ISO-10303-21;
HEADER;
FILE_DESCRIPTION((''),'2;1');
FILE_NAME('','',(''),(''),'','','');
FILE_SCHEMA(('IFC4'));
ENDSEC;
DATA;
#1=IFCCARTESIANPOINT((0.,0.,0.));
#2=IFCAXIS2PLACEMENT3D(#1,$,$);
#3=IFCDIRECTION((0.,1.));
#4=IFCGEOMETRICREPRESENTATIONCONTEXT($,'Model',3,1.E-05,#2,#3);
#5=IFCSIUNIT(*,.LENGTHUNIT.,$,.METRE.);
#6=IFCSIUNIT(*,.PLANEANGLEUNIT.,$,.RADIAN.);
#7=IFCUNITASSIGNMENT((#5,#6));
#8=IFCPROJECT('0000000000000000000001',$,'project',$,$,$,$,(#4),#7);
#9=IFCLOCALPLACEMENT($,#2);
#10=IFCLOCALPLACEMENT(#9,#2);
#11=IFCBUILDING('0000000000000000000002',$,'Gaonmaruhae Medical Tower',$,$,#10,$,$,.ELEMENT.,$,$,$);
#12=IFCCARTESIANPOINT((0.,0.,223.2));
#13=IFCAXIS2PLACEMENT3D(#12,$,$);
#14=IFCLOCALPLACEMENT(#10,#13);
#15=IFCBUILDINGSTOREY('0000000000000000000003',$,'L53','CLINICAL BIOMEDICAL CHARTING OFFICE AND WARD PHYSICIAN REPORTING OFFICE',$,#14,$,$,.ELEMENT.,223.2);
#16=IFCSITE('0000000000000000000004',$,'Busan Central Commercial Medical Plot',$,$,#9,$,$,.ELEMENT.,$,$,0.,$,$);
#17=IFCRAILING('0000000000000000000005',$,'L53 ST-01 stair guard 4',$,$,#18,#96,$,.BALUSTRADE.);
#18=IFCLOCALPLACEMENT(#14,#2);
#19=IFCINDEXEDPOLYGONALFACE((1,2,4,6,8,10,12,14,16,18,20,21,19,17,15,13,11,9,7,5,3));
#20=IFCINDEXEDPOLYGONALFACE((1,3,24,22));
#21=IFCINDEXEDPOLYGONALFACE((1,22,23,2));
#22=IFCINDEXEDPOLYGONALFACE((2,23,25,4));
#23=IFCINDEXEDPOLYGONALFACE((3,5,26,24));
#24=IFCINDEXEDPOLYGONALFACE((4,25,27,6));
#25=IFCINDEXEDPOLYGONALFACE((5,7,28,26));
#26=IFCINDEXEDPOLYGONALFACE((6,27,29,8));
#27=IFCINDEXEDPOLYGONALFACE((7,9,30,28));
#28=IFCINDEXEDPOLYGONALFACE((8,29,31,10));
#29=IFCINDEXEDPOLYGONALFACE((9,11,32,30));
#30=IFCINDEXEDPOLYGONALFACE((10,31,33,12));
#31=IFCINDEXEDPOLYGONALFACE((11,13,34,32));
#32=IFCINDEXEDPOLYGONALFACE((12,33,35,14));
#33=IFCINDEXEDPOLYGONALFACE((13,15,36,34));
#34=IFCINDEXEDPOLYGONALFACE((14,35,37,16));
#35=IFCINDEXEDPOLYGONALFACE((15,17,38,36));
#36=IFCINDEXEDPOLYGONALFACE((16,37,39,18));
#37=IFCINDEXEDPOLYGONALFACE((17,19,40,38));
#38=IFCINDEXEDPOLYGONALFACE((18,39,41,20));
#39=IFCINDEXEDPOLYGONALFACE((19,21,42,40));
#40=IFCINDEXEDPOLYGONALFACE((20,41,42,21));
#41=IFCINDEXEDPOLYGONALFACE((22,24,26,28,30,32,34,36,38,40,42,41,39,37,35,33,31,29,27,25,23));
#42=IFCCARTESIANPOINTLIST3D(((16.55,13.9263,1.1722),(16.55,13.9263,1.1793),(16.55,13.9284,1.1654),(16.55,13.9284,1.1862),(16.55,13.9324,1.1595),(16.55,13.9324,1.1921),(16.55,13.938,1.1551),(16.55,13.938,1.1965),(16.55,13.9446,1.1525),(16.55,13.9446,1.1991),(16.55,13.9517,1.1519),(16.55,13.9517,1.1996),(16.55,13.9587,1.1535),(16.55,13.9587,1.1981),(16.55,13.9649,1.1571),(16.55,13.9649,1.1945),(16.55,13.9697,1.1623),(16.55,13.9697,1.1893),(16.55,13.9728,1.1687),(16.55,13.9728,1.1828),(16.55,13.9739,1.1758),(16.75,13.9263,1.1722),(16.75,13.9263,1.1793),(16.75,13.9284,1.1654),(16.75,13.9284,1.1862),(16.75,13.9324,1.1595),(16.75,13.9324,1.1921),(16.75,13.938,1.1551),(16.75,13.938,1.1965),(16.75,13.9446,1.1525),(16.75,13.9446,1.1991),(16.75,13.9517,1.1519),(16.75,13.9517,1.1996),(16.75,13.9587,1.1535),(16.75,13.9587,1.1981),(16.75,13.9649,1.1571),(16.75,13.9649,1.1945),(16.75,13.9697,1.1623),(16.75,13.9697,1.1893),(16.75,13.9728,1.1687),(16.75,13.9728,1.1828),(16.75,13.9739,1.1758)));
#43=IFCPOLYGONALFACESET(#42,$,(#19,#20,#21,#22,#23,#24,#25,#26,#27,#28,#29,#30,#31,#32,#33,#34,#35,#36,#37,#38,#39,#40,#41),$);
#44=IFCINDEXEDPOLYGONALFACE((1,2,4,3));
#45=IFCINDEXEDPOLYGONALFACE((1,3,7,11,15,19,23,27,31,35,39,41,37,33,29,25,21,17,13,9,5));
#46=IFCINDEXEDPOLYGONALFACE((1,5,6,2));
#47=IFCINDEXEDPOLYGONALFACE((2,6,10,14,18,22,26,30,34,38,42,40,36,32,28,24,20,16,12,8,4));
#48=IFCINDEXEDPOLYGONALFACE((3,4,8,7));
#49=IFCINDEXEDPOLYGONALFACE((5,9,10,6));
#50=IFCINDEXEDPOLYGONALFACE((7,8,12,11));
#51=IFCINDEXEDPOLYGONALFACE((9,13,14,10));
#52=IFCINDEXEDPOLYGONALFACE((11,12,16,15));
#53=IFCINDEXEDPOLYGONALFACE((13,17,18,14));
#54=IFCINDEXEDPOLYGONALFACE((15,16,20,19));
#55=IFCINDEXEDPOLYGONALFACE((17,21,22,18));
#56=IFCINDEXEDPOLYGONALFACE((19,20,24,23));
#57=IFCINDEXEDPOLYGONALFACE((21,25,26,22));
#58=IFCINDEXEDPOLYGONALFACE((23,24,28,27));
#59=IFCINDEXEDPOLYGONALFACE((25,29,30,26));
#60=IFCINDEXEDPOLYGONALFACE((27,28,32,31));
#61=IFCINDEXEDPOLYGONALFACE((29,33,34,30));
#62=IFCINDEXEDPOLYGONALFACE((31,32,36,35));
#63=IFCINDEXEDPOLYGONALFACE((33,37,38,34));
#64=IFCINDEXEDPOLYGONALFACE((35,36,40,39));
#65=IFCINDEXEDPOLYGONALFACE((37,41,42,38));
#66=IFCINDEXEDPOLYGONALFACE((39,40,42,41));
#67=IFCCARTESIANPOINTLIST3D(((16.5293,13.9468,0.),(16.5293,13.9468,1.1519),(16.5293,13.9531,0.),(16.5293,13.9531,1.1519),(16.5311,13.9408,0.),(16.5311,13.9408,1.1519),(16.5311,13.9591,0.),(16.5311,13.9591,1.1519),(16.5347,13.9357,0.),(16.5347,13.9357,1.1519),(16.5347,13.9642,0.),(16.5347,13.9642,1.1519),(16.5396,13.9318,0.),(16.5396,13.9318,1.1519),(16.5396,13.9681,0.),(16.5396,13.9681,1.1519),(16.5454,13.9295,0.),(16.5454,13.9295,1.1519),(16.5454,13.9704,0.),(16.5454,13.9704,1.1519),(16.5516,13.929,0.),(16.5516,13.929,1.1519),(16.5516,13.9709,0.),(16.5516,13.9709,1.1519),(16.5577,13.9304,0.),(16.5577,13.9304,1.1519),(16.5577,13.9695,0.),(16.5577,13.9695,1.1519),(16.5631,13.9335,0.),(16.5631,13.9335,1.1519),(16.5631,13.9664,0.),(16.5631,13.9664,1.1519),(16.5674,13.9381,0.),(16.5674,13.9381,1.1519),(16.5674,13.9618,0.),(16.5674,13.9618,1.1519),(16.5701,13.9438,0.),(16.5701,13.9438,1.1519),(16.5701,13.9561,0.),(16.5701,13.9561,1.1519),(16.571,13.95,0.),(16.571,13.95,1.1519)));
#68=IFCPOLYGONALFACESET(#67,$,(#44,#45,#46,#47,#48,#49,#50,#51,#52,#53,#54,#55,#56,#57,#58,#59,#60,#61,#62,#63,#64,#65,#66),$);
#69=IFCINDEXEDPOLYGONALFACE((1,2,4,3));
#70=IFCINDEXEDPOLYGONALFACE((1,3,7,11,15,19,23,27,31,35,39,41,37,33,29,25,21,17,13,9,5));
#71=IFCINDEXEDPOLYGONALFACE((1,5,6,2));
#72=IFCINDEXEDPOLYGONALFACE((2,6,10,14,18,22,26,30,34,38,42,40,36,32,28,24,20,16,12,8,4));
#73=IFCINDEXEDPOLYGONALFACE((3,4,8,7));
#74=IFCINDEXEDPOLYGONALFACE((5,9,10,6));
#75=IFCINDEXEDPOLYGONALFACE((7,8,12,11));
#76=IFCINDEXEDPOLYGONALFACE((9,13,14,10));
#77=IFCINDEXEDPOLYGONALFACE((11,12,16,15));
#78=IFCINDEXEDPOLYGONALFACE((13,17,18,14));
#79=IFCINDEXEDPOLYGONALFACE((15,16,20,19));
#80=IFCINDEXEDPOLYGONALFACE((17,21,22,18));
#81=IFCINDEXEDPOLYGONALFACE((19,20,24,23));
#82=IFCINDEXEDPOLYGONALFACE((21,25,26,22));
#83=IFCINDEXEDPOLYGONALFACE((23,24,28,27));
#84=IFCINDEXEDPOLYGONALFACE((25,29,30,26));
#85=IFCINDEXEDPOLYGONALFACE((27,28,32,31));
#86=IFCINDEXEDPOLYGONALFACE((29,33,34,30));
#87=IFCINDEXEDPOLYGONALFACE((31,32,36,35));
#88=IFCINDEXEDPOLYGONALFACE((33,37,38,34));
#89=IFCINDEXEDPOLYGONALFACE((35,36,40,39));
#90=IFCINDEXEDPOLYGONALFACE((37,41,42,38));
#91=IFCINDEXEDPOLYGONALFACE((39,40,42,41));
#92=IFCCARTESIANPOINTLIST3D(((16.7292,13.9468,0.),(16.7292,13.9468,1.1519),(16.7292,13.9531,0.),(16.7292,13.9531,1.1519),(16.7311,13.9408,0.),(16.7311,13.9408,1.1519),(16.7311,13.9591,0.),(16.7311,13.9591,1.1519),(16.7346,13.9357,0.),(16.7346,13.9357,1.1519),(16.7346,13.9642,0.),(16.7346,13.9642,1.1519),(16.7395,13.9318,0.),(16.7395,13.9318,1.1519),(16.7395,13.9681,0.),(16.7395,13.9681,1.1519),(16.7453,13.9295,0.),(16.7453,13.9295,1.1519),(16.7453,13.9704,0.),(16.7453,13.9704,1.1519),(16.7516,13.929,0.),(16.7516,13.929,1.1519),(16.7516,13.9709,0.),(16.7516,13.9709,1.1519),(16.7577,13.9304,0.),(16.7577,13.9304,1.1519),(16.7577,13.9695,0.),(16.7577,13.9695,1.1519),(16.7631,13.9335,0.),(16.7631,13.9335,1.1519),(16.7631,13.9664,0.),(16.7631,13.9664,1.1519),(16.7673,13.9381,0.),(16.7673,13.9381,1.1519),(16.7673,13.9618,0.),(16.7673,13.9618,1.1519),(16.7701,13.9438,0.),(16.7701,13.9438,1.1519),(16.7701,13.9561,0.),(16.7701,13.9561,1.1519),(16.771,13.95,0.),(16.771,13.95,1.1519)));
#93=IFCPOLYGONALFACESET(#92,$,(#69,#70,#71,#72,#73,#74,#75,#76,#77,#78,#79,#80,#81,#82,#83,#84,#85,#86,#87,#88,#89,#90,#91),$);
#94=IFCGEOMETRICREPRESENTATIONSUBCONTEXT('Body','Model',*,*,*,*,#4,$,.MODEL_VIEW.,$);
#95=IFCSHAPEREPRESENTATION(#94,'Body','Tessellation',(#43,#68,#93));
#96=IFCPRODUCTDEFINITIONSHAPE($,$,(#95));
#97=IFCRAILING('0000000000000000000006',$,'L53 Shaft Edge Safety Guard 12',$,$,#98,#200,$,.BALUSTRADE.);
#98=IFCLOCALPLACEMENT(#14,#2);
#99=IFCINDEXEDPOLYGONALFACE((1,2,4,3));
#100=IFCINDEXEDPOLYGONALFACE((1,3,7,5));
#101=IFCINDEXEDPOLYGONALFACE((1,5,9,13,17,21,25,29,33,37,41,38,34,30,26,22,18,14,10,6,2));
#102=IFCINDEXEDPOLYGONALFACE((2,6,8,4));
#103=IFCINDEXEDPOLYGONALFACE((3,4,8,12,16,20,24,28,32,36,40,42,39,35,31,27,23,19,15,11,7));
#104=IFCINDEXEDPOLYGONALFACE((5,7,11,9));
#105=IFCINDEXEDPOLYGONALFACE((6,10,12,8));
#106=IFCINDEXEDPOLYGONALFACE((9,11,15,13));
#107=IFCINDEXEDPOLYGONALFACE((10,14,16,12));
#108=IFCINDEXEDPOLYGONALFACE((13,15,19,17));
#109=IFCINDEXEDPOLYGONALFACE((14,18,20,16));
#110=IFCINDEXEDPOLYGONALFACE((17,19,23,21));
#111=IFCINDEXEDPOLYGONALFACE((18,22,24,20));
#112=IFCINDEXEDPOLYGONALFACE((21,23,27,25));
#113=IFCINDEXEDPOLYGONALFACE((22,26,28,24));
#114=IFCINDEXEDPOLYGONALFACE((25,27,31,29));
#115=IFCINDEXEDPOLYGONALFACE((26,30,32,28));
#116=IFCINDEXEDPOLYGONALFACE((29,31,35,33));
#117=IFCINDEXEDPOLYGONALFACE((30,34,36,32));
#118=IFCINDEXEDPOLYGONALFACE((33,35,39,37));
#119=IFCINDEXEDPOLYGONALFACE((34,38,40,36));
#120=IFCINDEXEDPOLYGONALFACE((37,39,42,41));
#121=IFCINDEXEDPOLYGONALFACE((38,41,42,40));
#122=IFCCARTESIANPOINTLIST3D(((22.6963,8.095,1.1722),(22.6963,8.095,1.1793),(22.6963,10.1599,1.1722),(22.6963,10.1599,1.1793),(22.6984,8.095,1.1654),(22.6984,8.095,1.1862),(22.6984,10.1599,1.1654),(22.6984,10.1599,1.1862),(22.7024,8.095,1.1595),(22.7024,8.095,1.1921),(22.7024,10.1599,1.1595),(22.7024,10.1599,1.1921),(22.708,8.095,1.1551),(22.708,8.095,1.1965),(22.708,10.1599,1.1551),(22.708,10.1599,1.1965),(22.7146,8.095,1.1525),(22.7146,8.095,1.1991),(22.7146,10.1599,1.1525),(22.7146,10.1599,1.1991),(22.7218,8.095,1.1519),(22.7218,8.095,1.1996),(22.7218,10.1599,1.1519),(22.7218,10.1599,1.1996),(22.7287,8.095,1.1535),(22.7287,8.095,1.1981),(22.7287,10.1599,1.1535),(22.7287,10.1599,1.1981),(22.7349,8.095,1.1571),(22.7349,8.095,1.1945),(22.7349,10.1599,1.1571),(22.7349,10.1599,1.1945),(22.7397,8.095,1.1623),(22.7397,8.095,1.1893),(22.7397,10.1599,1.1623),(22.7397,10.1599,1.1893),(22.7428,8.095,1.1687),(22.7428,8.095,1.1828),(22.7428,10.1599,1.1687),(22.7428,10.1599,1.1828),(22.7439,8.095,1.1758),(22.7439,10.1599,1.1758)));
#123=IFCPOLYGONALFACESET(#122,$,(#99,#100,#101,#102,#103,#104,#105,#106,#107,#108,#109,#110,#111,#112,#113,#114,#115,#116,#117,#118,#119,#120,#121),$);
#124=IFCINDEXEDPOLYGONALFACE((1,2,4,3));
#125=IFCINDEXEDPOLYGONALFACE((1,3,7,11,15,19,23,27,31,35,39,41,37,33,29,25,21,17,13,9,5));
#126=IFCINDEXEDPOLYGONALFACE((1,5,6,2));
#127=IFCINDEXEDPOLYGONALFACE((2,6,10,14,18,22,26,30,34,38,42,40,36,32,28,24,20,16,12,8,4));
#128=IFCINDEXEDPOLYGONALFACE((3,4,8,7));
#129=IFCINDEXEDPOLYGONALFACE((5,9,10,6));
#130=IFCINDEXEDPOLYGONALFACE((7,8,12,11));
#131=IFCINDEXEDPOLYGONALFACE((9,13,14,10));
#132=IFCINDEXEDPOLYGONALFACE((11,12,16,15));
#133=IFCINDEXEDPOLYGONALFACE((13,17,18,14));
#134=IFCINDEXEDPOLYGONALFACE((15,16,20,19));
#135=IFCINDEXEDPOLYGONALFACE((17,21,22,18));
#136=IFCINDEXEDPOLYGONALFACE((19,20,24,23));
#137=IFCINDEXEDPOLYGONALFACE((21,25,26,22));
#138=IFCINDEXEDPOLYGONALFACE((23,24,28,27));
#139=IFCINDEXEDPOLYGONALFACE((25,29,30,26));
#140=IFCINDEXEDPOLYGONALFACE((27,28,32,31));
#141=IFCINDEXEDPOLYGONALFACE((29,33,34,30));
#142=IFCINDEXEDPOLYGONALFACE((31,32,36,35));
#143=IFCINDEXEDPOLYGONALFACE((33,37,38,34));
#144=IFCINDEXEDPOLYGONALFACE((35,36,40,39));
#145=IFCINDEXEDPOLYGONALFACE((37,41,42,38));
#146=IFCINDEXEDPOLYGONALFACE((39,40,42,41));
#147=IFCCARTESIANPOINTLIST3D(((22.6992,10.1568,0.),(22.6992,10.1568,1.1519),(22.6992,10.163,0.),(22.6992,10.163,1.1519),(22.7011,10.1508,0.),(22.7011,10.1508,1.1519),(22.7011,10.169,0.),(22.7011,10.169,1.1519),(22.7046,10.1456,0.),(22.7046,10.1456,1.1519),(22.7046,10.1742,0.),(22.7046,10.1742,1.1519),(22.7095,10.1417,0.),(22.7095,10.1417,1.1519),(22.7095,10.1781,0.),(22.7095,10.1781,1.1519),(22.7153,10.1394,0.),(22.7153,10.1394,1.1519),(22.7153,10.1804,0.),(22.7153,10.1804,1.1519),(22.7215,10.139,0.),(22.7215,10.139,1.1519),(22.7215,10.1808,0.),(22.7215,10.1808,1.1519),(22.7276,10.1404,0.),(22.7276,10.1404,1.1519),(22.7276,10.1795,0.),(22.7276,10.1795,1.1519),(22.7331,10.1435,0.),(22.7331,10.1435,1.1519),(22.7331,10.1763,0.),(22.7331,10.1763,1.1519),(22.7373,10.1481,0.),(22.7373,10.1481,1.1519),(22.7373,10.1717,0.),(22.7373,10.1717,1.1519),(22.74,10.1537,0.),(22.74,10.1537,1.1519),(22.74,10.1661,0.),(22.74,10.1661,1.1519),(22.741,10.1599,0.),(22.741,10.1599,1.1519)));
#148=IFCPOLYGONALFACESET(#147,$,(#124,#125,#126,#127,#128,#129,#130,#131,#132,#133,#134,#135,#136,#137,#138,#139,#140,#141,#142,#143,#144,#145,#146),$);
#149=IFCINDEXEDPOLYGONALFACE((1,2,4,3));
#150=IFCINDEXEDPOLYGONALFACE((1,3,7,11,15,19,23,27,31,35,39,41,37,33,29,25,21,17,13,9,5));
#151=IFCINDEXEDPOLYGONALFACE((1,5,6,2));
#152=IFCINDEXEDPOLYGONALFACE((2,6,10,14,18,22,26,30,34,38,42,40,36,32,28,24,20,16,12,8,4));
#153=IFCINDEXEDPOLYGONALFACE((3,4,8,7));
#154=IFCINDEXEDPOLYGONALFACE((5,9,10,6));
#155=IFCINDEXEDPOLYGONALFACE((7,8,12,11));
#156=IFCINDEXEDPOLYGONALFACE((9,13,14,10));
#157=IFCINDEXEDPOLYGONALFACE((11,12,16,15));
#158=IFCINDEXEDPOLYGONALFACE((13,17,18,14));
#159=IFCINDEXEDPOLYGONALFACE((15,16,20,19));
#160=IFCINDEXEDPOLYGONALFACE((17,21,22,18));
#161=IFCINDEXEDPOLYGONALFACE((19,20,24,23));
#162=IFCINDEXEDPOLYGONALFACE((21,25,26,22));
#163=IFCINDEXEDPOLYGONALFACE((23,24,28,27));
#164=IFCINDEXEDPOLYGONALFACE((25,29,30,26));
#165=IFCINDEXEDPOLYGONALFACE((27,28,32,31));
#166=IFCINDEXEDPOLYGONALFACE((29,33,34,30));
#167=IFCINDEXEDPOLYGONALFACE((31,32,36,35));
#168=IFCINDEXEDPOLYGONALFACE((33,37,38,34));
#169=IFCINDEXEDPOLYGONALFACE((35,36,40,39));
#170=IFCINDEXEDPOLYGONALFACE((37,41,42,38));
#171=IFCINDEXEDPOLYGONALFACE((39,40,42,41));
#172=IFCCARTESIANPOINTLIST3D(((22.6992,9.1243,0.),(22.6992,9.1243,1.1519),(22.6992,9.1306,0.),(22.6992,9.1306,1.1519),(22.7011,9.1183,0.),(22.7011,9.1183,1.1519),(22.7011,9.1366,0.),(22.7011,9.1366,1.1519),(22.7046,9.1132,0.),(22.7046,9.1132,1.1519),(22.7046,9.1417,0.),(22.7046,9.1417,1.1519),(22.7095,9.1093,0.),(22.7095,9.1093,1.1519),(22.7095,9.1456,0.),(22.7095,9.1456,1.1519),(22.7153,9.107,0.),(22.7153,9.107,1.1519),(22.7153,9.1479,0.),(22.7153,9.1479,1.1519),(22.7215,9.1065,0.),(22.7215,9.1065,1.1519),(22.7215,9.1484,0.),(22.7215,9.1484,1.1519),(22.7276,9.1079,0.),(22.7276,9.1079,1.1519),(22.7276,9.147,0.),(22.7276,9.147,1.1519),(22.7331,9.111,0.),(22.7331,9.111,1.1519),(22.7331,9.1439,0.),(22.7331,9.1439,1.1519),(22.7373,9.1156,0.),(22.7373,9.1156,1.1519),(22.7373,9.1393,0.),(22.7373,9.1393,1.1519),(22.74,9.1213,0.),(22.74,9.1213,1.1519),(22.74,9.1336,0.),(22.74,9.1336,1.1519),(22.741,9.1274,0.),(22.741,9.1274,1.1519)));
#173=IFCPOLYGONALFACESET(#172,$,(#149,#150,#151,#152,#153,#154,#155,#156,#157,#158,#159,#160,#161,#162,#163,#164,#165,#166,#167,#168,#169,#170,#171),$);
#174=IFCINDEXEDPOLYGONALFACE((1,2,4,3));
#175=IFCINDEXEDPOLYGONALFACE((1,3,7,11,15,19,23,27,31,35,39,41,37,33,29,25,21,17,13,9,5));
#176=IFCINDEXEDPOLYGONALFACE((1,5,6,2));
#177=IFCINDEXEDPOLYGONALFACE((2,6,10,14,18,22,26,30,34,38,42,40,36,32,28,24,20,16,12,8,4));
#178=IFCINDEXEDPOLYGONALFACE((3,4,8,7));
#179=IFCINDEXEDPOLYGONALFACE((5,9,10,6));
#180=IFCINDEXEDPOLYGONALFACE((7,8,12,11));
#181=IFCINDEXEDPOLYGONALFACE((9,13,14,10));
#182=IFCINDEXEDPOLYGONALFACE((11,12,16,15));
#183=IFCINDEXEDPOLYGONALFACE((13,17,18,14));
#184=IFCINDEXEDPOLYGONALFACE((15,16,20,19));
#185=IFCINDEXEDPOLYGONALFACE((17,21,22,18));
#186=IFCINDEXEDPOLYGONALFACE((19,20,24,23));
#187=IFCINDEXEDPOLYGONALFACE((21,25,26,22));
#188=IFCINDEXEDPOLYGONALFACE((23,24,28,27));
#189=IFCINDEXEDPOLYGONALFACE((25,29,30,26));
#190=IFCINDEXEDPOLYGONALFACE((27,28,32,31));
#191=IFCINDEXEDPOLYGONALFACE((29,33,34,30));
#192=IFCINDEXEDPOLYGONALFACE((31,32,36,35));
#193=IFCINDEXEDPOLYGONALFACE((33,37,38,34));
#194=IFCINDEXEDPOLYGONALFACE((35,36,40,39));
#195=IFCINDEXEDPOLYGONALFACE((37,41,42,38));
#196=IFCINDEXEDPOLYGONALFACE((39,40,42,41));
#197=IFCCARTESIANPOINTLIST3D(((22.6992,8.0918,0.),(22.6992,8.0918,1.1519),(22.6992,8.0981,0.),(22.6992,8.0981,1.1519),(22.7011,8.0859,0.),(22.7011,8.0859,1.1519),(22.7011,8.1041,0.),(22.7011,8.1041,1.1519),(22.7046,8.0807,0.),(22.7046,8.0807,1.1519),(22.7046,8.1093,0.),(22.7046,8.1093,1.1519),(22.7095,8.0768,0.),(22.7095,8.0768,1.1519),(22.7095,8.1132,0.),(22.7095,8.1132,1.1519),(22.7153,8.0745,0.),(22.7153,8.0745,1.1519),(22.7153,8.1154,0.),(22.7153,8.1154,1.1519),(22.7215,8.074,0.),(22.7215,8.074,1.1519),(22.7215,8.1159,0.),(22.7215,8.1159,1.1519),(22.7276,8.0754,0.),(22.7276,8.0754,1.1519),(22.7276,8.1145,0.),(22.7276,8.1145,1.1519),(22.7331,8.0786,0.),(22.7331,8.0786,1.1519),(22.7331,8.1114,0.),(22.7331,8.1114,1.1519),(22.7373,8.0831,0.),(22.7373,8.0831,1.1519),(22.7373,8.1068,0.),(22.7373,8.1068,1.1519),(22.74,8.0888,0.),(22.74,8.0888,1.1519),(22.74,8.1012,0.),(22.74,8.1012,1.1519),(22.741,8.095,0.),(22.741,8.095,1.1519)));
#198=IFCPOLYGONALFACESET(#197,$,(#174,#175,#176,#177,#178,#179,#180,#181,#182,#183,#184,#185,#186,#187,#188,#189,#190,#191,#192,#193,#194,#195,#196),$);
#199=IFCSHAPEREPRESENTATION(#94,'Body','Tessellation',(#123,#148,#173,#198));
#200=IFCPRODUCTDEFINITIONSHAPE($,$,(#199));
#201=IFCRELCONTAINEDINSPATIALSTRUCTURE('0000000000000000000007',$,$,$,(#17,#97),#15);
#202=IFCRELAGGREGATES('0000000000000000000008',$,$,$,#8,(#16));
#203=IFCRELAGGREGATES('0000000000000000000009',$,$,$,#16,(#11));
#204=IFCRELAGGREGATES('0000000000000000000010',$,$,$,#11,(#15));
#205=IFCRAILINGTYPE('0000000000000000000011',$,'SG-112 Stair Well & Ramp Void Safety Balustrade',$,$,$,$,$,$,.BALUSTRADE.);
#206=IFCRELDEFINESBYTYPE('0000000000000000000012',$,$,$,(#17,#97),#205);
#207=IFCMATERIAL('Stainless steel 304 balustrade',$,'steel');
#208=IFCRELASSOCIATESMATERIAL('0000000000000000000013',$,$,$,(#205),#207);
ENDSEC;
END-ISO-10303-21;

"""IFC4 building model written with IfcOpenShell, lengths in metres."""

from ifc_helpers import new_model, si_unit, direction, frame, origin, origin_2d, place, context, subcontext, project, spatial, circle, extrude, material, type_object, element, save


model = new_model("IFC4")

# Units and contexts
model_context = context("Model", 3, precision=1e-05, world=origin(), true_north=direction((0.0, 1.0)))
body_context = subcontext(model_context, "Body", "Model", "MODEL_VIEW")
ifc_project = project(units=[si_unit("LENGTHUNIT", "METRE"), si_unit("PLANEANGLEUNIT", "RADIAN")], contexts=[model_context])

# Site, building, storey
site_placement = place(None, origin())
site = spatial("IfcSite", under=ifc_project, at=site_placement, Name="Busan Central Commercial Medical Plot", CompositionType="ELEMENT", RefElevation=0.0)
building_placement = place(site_placement, origin())
building = spatial("IfcBuilding", under=site, at=building_placement, Name="Gaonmaruhae Medical Tower", CompositionType="ELEMENT")
storey_placement = place(building_placement, frame((0.0, 0.0, 223.2)))
storey = spatial("IfcBuildingStorey", under=building, at=storey_placement, Name="L53", Description="CLINICAL BIOMEDICAL CHARTING OFFICE AND WARD PHYSICIAN REPORTING OFFICE", CompositionType="ELEMENT", Elevation=223.2)

# Railings
ifc_material_1 = material(Name="Stainless steel 304 balustrade", Category="steel")
railing_type_1 = type_object("IfcRailingType", Name="SG-112 Stair Well & Ramp Void Safety Balustrade", PredefinedType="BALUSTRADE", material=ifc_material_1)
railing_1_placement = place(storey_placement, frame((16.55, 13.95, 0.0)))
element("IfcRailing", 1, at=railing_1_placement, inside=storey, type_object=railing_type_1, Name="L53 ST-01 stair guard 4", PredefinedType="BALUSTRADE", context=body_context, shape_type="SweptSolid", body=[
    extrude(circle(Radius=0.0239, at=origin_2d()), frame((0.0, 0.0, 1.1758), z_axis=(1.0, 0.0, 0.0), x_axis=(0.0, 1.0, 0.0)), (0.0, 0.0, 1.0), 0.2),
    extrude(circle(Radius=0.021, at=origin_2d()), origin(), (0.0, 0.0, 1.0), 1.1519),
    extrude(circle(Radius=0.021, at=origin_2d()), frame((0.2, 0.0, 0.0)), (0.0, 0.0, 1.0), 1.1519),
])
railing_2_placement = place(storey_placement, frame((22.72, 10.1599, 0.0)))
element("IfcRailing", 2, at=railing_2_placement, inside=storey, type_object=railing_type_1, Name="L53 Shaft Edge Safety Guard 12", PredefinedType="BALUSTRADE", context=body_context, shape_type="SweptSolid", body=[
    extrude(circle(Radius=0.0239, at=origin_2d()), frame((0.0, 0.0, 1.1758), z_axis=(0.0, -1.0, 0.0), x_axis=(1.0, 0.0, 0.0)), (0.0, 0.0, 1.0), 2.0649),
    extrude(circle(Radius=0.021, at=origin_2d()), origin(), (0.0, 0.0, 1.0), 1.1519),
    extrude(circle(Radius=0.021, at=origin_2d()), frame((0.0, -1.0325, 0.0)), (0.0, 0.0, 1.0), 1.1519),
    extrude(circle(Radius=0.021, at=origin_2d()), frame((0.0, -2.0649, 0.0)), (0.0, 0.0, 1.0), 1.1519),
])

save(model, "model.ifc")
